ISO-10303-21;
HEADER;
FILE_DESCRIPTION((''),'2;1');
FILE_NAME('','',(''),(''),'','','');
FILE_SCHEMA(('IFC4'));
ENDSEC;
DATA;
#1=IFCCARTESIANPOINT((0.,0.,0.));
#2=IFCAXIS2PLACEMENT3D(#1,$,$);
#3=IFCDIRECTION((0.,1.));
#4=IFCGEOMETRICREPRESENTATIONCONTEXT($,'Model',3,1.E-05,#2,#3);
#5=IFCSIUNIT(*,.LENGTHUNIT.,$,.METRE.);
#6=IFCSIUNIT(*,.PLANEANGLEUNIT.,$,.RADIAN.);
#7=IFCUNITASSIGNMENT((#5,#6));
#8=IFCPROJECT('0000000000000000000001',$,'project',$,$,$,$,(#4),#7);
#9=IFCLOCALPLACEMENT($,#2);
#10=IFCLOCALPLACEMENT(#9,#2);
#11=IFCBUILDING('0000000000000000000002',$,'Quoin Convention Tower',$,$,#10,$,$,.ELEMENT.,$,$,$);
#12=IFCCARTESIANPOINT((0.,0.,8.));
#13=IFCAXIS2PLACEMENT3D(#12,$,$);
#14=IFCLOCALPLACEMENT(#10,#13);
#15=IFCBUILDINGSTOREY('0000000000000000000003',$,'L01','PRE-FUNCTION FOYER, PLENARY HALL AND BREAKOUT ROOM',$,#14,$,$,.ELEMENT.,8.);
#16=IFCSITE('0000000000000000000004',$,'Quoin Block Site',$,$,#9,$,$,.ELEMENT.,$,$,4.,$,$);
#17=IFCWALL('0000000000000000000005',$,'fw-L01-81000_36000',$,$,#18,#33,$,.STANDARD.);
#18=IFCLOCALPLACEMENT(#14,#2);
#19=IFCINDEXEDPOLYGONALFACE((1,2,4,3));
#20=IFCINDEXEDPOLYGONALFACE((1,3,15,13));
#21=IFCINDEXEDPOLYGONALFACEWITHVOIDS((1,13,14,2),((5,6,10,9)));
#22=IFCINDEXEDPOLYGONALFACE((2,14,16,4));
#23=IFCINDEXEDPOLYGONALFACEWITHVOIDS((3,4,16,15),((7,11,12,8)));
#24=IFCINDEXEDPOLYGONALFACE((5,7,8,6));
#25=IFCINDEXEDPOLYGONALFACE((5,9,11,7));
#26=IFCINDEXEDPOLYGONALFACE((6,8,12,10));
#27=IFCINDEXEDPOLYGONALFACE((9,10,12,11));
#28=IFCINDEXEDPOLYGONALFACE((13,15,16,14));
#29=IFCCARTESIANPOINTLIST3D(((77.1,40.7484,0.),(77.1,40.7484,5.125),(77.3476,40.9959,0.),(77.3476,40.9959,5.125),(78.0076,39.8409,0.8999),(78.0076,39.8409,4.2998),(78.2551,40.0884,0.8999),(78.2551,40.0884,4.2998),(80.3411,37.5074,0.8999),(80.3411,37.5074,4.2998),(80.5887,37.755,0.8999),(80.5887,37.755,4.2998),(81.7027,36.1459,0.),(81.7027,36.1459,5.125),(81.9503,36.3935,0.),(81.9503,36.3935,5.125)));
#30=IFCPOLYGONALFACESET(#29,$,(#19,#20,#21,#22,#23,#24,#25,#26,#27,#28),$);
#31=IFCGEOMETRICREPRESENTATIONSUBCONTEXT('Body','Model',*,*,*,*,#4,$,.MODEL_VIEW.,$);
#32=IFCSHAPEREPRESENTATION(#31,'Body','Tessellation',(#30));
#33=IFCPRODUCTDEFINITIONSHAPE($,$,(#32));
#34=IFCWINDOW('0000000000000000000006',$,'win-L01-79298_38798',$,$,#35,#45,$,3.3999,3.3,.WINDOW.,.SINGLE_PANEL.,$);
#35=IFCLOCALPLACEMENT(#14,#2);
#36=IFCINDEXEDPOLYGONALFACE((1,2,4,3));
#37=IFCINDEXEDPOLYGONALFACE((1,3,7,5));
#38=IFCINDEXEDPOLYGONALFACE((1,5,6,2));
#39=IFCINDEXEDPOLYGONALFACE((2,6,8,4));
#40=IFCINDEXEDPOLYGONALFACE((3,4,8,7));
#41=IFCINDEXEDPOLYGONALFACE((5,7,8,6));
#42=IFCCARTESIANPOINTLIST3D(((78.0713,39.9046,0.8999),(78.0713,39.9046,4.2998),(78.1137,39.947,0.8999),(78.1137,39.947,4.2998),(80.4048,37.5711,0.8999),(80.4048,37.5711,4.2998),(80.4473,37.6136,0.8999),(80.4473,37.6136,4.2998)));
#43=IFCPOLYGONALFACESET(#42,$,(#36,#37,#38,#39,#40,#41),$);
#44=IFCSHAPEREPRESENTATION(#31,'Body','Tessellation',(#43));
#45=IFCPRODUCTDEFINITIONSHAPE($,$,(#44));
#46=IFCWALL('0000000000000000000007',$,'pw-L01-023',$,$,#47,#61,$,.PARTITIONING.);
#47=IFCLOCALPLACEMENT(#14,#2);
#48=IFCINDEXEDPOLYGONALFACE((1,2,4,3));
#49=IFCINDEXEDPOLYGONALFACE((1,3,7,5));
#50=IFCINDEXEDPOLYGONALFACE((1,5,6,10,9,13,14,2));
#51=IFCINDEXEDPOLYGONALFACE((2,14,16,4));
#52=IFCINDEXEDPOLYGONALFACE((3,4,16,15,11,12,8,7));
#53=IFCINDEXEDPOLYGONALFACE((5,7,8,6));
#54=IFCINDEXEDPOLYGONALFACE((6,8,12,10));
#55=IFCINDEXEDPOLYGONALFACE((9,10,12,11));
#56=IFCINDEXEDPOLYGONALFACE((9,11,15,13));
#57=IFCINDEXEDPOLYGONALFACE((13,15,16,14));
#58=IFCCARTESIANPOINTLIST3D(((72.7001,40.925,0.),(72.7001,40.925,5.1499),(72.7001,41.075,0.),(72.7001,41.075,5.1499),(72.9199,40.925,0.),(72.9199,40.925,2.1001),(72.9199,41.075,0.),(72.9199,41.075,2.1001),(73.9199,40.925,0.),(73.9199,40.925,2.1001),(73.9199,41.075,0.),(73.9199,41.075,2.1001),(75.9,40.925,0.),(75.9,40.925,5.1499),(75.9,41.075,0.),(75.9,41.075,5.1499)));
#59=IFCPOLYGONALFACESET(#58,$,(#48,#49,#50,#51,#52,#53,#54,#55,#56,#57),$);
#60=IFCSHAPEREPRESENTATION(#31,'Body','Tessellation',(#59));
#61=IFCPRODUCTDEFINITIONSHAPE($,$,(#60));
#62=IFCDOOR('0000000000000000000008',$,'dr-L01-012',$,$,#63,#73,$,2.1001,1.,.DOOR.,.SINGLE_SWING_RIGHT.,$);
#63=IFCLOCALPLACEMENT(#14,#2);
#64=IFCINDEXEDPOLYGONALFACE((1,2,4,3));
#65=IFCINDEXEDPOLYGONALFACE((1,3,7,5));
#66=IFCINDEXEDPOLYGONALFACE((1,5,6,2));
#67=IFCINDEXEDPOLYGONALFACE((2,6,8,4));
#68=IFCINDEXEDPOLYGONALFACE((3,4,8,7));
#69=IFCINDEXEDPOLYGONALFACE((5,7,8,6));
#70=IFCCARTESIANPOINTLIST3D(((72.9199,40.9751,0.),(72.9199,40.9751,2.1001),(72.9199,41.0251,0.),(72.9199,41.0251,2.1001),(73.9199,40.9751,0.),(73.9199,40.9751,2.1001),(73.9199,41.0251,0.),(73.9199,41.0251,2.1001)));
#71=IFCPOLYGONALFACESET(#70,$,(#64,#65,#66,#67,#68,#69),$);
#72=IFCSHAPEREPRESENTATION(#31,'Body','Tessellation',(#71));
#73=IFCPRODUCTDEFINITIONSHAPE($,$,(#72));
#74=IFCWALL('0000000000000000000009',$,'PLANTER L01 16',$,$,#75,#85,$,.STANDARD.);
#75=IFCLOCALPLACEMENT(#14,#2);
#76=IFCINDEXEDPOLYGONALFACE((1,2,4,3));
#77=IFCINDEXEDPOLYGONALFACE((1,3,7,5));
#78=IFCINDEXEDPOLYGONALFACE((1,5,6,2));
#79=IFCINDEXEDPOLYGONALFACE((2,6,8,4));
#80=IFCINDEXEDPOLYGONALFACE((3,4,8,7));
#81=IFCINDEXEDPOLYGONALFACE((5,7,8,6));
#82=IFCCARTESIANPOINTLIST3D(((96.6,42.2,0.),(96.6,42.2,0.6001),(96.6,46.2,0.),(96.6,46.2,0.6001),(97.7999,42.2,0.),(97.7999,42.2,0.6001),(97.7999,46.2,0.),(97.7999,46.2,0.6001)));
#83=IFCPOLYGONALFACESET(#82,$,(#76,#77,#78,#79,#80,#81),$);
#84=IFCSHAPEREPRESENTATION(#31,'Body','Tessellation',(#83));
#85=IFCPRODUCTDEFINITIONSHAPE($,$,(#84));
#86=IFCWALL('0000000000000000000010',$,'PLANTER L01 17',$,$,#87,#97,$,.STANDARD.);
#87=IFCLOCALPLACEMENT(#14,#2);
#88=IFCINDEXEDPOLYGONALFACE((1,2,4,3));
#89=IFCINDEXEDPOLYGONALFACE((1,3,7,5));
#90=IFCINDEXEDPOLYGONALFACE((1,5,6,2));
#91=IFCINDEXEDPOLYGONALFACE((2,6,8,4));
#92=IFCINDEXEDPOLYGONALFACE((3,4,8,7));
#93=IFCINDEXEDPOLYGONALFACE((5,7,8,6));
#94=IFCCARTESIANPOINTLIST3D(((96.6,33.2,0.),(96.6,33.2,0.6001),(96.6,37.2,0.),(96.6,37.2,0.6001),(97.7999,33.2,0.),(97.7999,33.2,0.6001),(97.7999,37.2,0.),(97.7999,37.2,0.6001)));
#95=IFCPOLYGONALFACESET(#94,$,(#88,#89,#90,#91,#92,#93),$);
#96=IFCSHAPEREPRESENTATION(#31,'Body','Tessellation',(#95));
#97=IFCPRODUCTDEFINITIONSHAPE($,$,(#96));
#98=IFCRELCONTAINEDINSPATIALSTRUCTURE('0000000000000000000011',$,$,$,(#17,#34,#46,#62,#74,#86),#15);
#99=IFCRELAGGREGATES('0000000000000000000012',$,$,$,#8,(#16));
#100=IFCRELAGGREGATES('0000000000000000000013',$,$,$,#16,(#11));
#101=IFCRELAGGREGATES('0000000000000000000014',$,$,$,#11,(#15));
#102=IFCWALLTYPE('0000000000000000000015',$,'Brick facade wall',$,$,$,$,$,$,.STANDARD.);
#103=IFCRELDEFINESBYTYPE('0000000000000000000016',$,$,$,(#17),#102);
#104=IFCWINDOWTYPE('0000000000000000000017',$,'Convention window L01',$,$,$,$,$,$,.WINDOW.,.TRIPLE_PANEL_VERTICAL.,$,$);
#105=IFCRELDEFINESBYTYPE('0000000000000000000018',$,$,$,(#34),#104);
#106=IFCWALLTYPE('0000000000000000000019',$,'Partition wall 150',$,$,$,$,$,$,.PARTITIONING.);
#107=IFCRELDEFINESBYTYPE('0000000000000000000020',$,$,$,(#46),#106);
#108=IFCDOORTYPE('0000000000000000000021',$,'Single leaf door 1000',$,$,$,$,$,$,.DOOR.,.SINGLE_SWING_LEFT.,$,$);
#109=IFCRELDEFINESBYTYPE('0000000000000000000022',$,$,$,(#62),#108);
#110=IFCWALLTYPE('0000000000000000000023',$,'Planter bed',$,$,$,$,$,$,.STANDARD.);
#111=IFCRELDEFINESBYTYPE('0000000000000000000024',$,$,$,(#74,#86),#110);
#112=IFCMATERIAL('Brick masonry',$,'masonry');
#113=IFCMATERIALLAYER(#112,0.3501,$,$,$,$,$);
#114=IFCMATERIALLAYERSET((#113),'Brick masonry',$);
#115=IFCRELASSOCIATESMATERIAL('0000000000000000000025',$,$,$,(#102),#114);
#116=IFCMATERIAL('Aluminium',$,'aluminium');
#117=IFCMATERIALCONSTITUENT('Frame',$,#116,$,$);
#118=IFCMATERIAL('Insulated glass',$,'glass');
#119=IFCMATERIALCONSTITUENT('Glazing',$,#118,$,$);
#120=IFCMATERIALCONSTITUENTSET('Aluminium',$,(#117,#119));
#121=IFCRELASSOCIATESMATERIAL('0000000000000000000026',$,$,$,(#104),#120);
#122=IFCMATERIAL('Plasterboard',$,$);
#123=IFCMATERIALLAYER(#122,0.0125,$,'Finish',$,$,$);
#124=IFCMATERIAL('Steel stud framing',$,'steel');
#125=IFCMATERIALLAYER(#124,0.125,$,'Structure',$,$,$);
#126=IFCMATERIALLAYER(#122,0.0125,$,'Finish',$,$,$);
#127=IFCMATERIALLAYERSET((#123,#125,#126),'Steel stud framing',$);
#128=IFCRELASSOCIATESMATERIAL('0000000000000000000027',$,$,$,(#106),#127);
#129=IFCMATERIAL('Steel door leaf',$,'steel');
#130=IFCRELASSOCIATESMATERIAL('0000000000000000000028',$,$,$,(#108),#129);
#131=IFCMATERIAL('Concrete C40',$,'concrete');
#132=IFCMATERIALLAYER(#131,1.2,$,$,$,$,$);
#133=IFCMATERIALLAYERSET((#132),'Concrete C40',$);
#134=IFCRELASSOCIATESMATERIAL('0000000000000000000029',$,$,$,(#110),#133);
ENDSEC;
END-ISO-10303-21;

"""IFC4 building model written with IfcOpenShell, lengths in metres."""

from ifc_helpers import new_model, si_unit, direction, frame, frame_2d, origin, place, context, subcontext, project, spatial, rectangle, extrude, material, layer, layer_set, constituent, constituent_set, type_object, element, fill, save


model = new_model("IFC4")

# Units and contexts
model_context = context("Model", 3, precision=1e-05, world=origin(), true_north=direction((0.0, 1.0)))
body_context = subcontext(model_context, "Body", "Model", "MODEL_VIEW")
ifc_project = project(units=[si_unit("LENGTHUNIT", "METRE"), si_unit("PLANEANGLEUNIT", "RADIAN")], contexts=[model_context])

# Site, building, storey
site_placement = place(None, origin())
site = spatial("IfcSite", under=ifc_project, at=site_placement, Name="Quoin Block Site", CompositionType="ELEMENT", RefElevation=4.0)
building_placement = place(site_placement, origin())
building = spatial("IfcBuilding", under=site, at=building_placement, Name="Quoin Convention Tower", CompositionType="ELEMENT")
storey_placement = place(building_placement, frame((0.0, 0.0, 8.0)))
storey = spatial("IfcBuildingStorey", under=building, at=storey_placement, Name="L01", Description="PRE-FUNCTION FOYER, PLENARY HALL AND BREAKOUT ROOM", CompositionType="ELEMENT", Elevation=8.0)

# Wall, opening, window
ifc_material_1 = material(Name="Brick masonry", Category="masonry")
ifc_layer_1 = layer(ifc_material_1, 0.3501)
ifc_layer_set_1 = layer_set([ifc_layer_1], Name="Brick masonry")
wall_type_1 = type_object("IfcWallType", Name="Brick facade wall", PredefinedType="STANDARD", material=ifc_layer_set_1)
wall_1_placement = place(storey_placement, frame((81.8264, 36.2698, 0.0), z_axis=(0.0, 0.0, 1.0), x_axis=(-0.707126, 0.707088, 0.0)))
wall_1 = element("IfcWall", 1, at=wall_1_placement, inside=storey, type_object=wall_type_1, Name="fw-L01-81000_36000", PredefinedType="STANDARD", context=body_context, shape_type="SweptSolid", body=[
    extrude(rectangle(XDim=6.509, YDim=0.3501, at=frame_2d((3.2544, 0.0))), origin(), (0.0, 0.0, 1.0), 5.125),
])
opening_1_placement = place(wall_1_placement, frame((1.9255, 0.0, 0.8999)))
opening_1 = element("IfcOpeningElement", 2, at=opening_1_placement, cuts=wall_1, PredefinedType="OPENING", context=body_context, shape_type="SweptSolid", body=[
    extrude(rectangle(XDim=3.3, YDim=3.3999, at=frame_2d((1.6499, 1.7))), frame((0.0, 0.1851, 0.0), z_axis=(0.0, -1.0, 0.0), x_axis=(1.0, 0.0, 0.0)), (0.0, 0.0, 1.0), 0.3701),
])
ifc_material_2 = material(Name="Aluminium", Category="aluminium")
ifc_constituent_1 = constituent(ifc_material_2, Name="Frame")
ifc_material_3 = material(Name="Insulated glass", Category="glass")
ifc_constituent_2 = constituent(ifc_material_3, Name="Glazing")
ifc_constituent_set_1 = constituent_set(constituents=[ifc_constituent_1, ifc_constituent_2], Name="Aluminium")
window_type = type_object("IfcWindowType", Name="Convention window L01", PartitioningType="TRIPLE_PANEL_VERTICAL", PredefinedType="WINDOW", material=ifc_constituent_set_1)
window_1_placement = place(opening_1_placement, origin())
window_1 = element("IfcWindow", 3, at=window_1_placement, inside=storey, type_object=window_type, Name="win-L01-79298_38798", OverallHeight=3.3999, OverallWidth=3.3, PartitioningType="SINGLE_PANEL", PredefinedType="WINDOW", context=body_context, shape_type="SweptSolid", body=[
    extrude(rectangle(XDim=3.3, YDim=3.3999, at=frame_2d((1.6499, 1.7))), frame((0.0, 0.085, 0.0), z_axis=(0.0, -1.0, 0.0), x_axis=(1.0, 0.0, 0.0)), (0.0, 0.0, 1.0), 0.0601),
])
fill(opening_1, window_1)

# Wall, opening, door
ifc_material_4 = material(Name="Plasterboard")
ifc_layer_2 = layer(ifc_material_4, 0.0125, Name="Finish")
ifc_material_5 = material(Name="Steel stud framing", Category="steel")
ifc_layer_3 = layer(ifc_material_5, 0.125, Name="Structure")
ifc_layer_4 = layer(ifc_material_4, 0.0125, Name="Finish")
ifc_layer_set_2 = layer_set([ifc_layer_2, ifc_layer_3, ifc_layer_4], Name="Steel stud framing")
wall_type_2 = type_object("IfcWallType", Name="Partition wall 150", PredefinedType="PARTITIONING", material=ifc_layer_set_2)
wall_2_placement = place(storey_placement, frame((72.7, 41.0, 0.0), z_axis=(0.0, 0.0, 1.0), x_axis=(1.0, 0.0, 0.0)))
wall_2 = element("IfcWall", 4, at=wall_2_placement, inside=storey, type_object=wall_type_2, Name="pw-L01-023", PredefinedType="PARTITIONING", context=body_context, shape_type="SweptSolid", body=[
    extrude(rectangle(XDim=3.2, YDim=0.1499, at=frame_2d((1.6001, 0.0))), origin(), (0.0, 0.0, 1.0), 5.1499),
])
opening_2_placement = place(wall_2_placement, frame((0.22, 0.0, 0.0)))
opening_2 = element("IfcOpeningElement", 5, at=opening_2_placement, cuts=wall_2, PredefinedType="OPENING", context=body_context, shape_type="SweptSolid", body=[
    extrude(rectangle(XDim=1.0, YDim=2.1001, at=frame_2d((0.5, 1.05))), frame((0.0, 0.085, 0.0), z_axis=(0.0, -1.0, 0.0), x_axis=(1.0, 0.0, 0.0)), (0.0, 0.0, 1.0), 0.1699),
])
ifc_material_6 = material(Name="Steel door leaf", Category="steel")
door_type_1 = type_object("IfcDoorType", Name="Single leaf door 1000", OperationType="SINGLE_SWING_LEFT", PredefinedType="DOOR", material=ifc_material_6)
door_1_placement = place(opening_2_placement, frame((1.0, 0.0, 0.0), z_axis=(0.0, 0.0, 1.0), x_axis=(-1.0, 0.0, 0.0)))
door_1 = element("IfcDoor", 6, at=door_1_placement, inside=storey, type_object=door_type_1, Name="dr-L01-012", OperationType="SINGLE_SWING_RIGHT", OverallHeight=2.1001, OverallWidth=1.0, PredefinedType="DOOR", context=body_context, shape_type="SweptSolid", body=[
    extrude(rectangle(XDim=1.0, YDim=2.1001, at=frame_2d((0.5, 1.05))), frame((0.0, 0.0249, 0.0), z_axis=(0.0, -1.0, 0.0), x_axis=(1.0, 0.0, 0.0)), (0.0, 0.0, 1.0), 0.05),
])
fill(opening_2, door_1)

# Walls
ifc_material_7 = material(Name="Concrete C40", Category="concrete")
ifc_layer_5 = layer(ifc_material_7, 1.2)
ifc_layer_set_3 = layer_set([ifc_layer_5], Name="Concrete C40")
wall_type_3 = type_object("IfcWallType", Name="Planter bed", PredefinedType="STANDARD", material=ifc_layer_set_3)
for number, where, z_axis, x_axis, name in (
    (7, (97.2, 46.2, 0.0), (0.0, 0.0, 1.0), (0.0, -1.0, 0.0), "PLANTER L01 16"),
    (8, (97.2, 37.2, 0.0), (0.0, 0.0, 1.0), (0.0, -1.0, 0.0), "PLANTER L01 17"),
):
    element("IfcWall", number, at=place(storey_placement, frame(where, z_axis=z_axis, x_axis=x_axis)), inside=storey, type_object=wall_type_3, Name=name, PredefinedType="STANDARD", context=body_context, shape_type="SweptSolid", body=[
        extrude(rectangle(XDim=4.0, YDim=1.2, at=frame_2d((2.0, 0.0))), origin(), (0.0, 0.0, 1.0), 0.6001),
    ])

save(model, "model.ifc")
